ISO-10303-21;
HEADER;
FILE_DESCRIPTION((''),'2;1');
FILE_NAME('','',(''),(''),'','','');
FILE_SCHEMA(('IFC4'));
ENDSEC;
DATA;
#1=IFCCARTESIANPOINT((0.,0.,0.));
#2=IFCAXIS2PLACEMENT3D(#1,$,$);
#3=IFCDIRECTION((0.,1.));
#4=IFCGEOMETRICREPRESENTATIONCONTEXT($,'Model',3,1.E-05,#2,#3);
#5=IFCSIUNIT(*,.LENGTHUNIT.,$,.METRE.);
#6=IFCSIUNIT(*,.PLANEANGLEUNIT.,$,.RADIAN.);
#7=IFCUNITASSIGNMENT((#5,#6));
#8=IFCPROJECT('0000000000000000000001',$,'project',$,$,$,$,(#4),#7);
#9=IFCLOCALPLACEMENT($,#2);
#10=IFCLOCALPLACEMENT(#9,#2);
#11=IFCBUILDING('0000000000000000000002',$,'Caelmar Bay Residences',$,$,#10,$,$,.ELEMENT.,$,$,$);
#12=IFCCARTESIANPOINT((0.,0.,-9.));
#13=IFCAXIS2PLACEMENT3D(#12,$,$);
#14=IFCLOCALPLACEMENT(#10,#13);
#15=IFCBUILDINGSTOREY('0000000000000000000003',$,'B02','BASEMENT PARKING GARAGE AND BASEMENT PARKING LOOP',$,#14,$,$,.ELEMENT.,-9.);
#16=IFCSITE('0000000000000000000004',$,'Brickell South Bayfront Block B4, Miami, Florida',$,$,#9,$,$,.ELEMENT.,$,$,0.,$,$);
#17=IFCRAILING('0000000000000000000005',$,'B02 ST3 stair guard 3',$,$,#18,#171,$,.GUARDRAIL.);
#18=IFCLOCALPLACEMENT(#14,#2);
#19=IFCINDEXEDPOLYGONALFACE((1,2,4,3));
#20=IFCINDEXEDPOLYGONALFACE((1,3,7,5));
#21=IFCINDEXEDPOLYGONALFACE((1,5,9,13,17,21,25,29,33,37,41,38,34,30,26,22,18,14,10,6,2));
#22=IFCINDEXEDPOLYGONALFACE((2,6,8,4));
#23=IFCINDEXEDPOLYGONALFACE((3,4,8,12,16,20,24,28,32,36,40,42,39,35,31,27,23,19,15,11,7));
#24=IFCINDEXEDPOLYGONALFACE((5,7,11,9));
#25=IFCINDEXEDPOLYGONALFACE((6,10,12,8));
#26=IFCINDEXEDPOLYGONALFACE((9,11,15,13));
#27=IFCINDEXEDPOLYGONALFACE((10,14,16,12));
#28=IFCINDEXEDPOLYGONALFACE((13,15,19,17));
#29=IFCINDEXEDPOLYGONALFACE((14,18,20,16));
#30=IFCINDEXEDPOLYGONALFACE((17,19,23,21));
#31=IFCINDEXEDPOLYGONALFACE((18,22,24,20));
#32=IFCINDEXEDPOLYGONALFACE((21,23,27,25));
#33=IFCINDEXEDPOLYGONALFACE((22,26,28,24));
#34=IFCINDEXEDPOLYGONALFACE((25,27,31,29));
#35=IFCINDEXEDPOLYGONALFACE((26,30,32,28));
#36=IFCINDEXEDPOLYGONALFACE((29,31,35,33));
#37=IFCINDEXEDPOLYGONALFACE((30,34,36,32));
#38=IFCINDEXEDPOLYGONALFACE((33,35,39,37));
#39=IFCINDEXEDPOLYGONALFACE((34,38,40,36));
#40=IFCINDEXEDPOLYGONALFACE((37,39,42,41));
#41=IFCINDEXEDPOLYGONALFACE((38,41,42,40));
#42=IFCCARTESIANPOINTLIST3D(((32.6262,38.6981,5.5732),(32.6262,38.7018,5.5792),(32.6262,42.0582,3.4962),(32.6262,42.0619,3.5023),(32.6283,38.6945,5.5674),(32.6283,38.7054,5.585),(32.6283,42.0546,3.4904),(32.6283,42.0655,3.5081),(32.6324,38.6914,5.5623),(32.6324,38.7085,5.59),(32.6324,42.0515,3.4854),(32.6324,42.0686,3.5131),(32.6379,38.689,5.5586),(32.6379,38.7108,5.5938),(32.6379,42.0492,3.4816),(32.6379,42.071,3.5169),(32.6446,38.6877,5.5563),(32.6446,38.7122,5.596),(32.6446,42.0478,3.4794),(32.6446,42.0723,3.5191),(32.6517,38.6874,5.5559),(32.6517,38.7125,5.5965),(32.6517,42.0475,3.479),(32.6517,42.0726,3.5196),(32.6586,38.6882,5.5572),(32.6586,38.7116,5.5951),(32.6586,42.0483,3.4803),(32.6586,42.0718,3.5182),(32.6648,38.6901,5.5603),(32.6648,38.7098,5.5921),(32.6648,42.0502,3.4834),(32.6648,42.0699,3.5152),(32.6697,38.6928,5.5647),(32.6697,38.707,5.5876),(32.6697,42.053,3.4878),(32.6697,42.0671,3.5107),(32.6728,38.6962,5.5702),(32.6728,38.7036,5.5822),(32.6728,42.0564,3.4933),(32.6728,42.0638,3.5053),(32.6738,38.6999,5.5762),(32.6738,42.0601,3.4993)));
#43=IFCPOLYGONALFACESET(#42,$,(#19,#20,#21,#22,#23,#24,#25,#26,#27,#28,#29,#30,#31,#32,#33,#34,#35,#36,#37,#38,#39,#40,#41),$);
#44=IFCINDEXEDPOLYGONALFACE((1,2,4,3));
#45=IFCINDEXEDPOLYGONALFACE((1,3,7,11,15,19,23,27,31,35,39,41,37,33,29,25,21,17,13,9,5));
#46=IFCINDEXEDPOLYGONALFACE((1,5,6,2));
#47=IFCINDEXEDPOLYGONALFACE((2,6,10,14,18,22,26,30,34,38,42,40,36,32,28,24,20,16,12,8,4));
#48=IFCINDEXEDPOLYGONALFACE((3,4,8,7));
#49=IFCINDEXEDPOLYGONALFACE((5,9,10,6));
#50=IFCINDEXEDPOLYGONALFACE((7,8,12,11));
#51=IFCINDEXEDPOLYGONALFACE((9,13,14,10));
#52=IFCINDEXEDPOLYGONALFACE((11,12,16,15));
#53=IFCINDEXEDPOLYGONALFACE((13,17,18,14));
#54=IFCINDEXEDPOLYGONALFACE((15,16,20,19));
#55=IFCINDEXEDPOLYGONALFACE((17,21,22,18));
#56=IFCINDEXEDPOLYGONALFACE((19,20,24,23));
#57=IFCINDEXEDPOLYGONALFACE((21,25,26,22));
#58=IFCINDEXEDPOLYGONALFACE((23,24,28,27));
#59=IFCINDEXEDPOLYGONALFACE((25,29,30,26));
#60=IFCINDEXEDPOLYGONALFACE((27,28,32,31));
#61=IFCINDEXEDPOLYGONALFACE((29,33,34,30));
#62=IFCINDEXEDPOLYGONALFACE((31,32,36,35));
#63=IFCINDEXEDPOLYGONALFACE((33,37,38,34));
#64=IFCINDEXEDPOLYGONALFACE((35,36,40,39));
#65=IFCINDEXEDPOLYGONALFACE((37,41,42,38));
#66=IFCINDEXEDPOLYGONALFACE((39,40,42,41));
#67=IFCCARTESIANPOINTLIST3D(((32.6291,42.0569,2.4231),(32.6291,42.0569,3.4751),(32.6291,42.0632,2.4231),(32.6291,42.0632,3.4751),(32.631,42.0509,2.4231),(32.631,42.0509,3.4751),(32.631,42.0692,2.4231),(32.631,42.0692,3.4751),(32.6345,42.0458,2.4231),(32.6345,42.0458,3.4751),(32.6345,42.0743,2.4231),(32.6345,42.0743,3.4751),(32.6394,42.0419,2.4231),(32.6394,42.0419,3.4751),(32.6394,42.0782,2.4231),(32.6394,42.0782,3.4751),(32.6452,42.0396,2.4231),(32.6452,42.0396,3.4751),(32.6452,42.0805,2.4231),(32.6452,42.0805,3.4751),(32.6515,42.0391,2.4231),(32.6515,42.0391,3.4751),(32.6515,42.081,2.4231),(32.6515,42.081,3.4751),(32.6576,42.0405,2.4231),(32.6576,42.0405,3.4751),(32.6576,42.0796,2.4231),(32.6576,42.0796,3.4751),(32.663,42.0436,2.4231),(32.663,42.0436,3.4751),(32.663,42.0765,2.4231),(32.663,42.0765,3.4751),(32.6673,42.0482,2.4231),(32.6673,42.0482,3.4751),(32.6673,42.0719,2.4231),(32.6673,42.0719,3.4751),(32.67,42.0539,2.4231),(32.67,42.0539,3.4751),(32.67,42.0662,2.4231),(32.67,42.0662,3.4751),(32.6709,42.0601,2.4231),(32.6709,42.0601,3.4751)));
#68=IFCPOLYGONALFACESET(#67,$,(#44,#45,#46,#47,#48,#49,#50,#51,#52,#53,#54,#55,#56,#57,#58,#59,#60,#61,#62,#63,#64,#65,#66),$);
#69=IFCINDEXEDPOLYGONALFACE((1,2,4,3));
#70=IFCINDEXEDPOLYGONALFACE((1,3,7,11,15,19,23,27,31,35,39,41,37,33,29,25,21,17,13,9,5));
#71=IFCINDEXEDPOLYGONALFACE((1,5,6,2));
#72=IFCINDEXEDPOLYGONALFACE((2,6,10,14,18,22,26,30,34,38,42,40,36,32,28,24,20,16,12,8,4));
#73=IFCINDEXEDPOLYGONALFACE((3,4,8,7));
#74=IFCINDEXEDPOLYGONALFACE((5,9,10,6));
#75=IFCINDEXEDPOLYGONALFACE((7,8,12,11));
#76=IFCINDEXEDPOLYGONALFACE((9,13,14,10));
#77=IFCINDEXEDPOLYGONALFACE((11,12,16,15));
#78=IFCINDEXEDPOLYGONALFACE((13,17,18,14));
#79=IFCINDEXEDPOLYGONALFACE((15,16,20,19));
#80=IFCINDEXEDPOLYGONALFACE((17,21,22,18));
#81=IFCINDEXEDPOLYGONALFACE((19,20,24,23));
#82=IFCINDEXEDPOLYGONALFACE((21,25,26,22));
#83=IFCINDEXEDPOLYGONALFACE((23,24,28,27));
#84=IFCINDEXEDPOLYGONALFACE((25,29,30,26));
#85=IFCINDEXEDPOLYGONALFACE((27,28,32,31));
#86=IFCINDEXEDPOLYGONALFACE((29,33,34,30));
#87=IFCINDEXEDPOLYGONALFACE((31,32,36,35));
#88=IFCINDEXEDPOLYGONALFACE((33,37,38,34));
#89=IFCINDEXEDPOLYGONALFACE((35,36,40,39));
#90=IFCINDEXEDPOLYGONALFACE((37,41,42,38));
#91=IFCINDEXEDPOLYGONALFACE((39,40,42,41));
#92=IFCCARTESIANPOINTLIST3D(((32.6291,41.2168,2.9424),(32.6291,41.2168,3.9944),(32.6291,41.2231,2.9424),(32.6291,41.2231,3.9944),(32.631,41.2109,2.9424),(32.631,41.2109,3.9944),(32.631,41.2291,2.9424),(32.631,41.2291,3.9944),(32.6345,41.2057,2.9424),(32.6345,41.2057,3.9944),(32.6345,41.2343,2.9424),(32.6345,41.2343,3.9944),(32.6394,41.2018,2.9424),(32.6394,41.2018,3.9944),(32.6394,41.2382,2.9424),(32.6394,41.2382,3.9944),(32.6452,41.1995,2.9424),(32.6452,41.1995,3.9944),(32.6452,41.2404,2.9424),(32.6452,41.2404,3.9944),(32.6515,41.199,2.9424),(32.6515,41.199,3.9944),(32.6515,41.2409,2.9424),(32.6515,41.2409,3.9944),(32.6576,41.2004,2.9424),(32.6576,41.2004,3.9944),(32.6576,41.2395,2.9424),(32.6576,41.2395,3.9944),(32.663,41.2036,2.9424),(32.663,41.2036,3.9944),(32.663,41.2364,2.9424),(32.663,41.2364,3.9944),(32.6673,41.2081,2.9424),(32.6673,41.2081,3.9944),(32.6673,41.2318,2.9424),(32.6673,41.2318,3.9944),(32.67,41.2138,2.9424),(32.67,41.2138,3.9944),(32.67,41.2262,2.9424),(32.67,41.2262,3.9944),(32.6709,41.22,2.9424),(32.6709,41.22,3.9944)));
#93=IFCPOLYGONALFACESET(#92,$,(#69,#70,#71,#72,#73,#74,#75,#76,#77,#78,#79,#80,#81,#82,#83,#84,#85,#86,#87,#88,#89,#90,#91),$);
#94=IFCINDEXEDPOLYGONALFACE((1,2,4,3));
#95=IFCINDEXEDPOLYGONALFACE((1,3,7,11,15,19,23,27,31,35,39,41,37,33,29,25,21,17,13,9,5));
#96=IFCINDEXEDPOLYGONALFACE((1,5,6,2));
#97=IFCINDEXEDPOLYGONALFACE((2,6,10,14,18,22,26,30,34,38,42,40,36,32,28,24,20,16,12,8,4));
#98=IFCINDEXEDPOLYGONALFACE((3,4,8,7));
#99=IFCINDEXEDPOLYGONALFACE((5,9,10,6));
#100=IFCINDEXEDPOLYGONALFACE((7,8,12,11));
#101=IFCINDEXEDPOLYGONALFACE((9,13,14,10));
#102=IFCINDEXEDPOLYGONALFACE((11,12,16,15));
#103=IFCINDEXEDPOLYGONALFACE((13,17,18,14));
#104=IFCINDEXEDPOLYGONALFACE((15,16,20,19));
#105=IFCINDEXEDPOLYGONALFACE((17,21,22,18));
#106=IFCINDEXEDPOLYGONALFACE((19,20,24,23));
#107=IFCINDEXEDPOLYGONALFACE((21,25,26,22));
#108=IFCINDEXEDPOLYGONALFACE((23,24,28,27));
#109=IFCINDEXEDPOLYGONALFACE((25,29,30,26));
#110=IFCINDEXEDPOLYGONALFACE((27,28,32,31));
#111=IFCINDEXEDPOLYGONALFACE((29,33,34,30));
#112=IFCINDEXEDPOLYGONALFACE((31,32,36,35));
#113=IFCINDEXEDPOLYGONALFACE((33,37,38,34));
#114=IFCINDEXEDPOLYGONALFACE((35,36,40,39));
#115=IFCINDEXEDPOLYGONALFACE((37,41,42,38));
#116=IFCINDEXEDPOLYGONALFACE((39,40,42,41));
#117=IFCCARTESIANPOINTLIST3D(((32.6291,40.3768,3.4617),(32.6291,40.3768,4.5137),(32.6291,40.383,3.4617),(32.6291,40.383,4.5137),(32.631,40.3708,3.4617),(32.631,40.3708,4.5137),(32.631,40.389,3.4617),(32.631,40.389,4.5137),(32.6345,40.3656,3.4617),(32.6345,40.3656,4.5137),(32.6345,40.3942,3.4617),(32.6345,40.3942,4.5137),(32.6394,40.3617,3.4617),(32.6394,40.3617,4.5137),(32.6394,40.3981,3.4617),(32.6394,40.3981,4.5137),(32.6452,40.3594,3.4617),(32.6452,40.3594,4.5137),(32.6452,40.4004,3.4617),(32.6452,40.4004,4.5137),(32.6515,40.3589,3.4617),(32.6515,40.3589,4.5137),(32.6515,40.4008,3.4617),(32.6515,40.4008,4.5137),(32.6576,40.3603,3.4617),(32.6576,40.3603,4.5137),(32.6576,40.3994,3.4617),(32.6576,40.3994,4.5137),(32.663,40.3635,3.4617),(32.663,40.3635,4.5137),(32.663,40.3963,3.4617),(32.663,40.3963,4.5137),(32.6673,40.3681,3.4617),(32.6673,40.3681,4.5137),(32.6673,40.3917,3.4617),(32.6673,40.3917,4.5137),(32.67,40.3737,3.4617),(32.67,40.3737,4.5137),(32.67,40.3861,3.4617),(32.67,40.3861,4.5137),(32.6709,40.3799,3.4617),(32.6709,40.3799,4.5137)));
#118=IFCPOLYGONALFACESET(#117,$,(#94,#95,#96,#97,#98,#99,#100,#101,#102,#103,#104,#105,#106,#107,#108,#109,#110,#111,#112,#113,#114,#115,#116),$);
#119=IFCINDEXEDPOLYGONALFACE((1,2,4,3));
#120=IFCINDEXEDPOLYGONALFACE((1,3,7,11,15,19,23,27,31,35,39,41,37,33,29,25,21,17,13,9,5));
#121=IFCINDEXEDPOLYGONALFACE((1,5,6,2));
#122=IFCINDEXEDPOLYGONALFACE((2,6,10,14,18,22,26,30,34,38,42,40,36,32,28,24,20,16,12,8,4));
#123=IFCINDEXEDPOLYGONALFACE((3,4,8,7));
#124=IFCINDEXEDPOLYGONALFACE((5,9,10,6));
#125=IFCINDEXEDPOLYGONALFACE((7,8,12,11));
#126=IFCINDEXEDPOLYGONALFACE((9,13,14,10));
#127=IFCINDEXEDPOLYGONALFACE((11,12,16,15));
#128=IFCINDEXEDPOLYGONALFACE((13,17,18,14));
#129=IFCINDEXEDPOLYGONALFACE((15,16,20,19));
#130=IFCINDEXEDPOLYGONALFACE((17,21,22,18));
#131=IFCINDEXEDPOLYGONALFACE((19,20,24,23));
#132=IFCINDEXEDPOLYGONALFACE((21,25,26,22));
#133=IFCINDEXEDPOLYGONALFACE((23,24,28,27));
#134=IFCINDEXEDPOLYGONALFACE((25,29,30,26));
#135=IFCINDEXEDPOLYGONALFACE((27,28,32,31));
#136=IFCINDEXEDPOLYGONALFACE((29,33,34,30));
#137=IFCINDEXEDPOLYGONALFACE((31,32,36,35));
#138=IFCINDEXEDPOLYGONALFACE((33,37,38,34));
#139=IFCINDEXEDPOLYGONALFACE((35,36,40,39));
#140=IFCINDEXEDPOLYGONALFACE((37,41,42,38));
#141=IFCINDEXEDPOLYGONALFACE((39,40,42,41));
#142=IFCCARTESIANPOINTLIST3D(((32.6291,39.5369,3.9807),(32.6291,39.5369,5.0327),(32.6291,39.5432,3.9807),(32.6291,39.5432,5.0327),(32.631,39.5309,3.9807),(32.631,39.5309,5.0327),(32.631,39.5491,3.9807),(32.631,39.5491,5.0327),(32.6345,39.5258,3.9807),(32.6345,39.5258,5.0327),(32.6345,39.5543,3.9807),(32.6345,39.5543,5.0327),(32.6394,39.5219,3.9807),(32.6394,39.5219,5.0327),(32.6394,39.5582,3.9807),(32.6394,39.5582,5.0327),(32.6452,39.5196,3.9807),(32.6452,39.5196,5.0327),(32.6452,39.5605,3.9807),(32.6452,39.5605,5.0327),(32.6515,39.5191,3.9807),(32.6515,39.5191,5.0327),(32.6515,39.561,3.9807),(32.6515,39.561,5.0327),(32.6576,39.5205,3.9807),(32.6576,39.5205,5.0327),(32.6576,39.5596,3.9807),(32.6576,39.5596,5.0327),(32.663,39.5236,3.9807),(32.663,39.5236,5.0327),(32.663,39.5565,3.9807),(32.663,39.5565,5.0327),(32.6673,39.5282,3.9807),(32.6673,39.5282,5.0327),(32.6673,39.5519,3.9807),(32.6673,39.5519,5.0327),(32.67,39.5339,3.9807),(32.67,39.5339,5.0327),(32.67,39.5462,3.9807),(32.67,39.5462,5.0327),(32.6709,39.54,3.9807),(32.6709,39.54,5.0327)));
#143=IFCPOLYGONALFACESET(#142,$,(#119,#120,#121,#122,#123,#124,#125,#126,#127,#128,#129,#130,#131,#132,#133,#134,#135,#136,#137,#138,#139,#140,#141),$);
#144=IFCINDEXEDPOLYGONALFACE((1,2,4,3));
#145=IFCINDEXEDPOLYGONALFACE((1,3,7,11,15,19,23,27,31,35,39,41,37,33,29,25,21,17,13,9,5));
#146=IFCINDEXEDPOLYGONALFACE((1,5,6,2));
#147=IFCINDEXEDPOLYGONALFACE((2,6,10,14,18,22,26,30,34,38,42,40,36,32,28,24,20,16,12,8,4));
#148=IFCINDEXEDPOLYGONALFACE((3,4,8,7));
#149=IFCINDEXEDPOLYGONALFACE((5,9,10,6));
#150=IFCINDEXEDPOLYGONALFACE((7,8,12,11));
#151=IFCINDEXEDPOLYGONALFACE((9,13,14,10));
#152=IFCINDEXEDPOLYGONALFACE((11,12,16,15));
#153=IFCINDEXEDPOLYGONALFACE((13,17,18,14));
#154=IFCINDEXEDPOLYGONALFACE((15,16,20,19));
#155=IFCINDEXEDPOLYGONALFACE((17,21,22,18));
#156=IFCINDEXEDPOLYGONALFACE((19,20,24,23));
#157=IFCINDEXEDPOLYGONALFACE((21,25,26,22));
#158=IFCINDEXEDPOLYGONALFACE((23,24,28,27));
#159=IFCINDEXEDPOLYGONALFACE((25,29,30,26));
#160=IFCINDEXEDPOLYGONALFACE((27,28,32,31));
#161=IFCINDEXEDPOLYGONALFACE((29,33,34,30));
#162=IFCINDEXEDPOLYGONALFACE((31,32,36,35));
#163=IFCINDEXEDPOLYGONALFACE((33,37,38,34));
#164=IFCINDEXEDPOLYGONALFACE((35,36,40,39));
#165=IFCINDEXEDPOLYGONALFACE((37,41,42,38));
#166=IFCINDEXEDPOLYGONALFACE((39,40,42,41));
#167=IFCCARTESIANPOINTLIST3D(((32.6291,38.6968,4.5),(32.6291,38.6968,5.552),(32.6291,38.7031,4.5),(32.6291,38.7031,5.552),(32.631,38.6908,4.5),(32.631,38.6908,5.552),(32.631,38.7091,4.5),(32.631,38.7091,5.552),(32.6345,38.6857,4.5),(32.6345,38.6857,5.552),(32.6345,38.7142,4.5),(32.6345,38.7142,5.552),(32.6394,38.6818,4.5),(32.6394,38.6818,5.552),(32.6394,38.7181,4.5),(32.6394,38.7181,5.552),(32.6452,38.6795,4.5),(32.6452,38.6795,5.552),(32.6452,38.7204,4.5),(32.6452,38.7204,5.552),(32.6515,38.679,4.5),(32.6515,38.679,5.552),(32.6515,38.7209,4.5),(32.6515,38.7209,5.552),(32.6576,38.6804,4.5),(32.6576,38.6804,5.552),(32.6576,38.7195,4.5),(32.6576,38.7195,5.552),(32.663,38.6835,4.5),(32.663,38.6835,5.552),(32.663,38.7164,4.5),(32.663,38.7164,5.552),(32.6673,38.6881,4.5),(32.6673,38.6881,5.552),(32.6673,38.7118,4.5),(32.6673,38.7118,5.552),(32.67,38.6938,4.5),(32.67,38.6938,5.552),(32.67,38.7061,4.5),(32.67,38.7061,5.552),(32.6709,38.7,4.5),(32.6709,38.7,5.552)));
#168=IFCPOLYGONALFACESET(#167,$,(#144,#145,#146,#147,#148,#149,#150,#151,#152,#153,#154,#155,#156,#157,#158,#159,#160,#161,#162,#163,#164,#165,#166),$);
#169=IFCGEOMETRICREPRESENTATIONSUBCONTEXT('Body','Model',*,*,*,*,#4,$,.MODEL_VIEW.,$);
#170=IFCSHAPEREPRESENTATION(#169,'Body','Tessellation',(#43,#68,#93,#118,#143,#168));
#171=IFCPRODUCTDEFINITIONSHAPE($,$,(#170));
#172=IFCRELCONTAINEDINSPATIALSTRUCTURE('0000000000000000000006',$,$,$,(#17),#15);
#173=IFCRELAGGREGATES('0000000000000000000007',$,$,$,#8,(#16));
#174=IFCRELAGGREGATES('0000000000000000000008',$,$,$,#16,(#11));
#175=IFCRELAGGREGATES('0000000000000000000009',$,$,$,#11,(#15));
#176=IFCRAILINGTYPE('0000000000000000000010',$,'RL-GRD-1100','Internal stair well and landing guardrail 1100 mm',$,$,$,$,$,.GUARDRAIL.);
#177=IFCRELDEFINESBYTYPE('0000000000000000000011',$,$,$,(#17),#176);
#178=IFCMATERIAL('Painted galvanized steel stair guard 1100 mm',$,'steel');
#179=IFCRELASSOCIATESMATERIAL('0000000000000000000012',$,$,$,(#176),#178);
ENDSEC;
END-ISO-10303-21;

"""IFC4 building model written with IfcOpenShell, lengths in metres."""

from ifc_helpers import new_model, si_unit, direction, frame, origin, origin_2d, place, context, subcontext, project, spatial, circle, extrude, material, type_object, element, save


model = new_model("IFC4")

# Units and contexts
model_context = context("Model", 3, precision=1e-05, world=origin(), true_north=direction((0.0, 1.0)))
body_context = subcontext(model_context, "Body", "Model", "MODEL_VIEW")
ifc_project = project(units=[si_unit("LENGTHUNIT", "METRE"), si_unit("PLANEANGLEUNIT", "RADIAN")], contexts=[model_context])

# Site, building, storey
site_placement = place(None, origin())
site = spatial("IfcSite", under=ifc_project, at=site_placement, Name="Brickell South Bayfront Block B4, Miami, Florida", CompositionType="ELEMENT", RefElevation=0.0)
building_placement = place(site_placement, origin())
building = spatial("IfcBuilding", under=site, at=building_placement, Name="Caelmar Bay Residences", CompositionType="ELEMENT")
storey_placement = place(building_placement, frame((0.0, 0.0, -9.0)))
storey = spatial("IfcBuildingStorey", under=building, at=storey_placement, Name="B02", Description="BASEMENT PARKING GARAGE AND BASEMENT PARKING LOOP", CompositionType="ELEMENT", Elevation=-9.0)

# Railing
ifc_material_1 = material(Name="Painted galvanized steel stair guard 1100 mm", Category="steel")
railing_type_1 = type_object("IfcRailingType", Name="RL-GRD-1100", Description="Internal stair well and landing guardrail 1100 mm", PredefinedType="GUARDRAIL", material=ifc_material_1)
railing_1_placement = place(storey_placement, frame((32.6499, 42.0601, 2.4231)))
element("IfcRailing", 1, at=railing_1_placement, inside=storey, type_object=railing_type_1, Name="B02 ST3 stair guard 3", PredefinedType="GUARDRAIL", context=body_context, shape_type="SweptSolid", body=[
    extrude(circle(Radius=0.0239, at=origin_2d()), frame((0.0, 0.0, 1.0762), z_axis=(0.0, -0.850623, 0.525776), x_axis=(1.0, 0.0, 0.0)), (0.0, 0.0, 1.0), 3.9502),
    extrude(circle(Radius=0.021, at=origin_2d()), origin(), (0.0, 0.0, 1.0), 1.052),
    extrude(circle(Radius=0.021, at=origin_2d()), frame((0.0, -0.8401, 0.5193)), (0.0, 0.0, 1.0), 1.052),
    extrude(circle(Radius=0.021, at=origin_2d()), frame((0.0, -1.6802, 1.0386)), (0.0, 0.0, 1.0), 1.052),
    extrude(circle(Radius=0.021, at=origin_2d()), frame((0.0, -2.52, 1.5576)), (0.0, 0.0, 1.0), 1.052),
    extrude(circle(Radius=0.021, at=origin_2d()), frame((0.0, -3.3601, 2.0769)), (0.0, 0.0, 1.0), 1.052),
])

save(model, "model.ifc")
